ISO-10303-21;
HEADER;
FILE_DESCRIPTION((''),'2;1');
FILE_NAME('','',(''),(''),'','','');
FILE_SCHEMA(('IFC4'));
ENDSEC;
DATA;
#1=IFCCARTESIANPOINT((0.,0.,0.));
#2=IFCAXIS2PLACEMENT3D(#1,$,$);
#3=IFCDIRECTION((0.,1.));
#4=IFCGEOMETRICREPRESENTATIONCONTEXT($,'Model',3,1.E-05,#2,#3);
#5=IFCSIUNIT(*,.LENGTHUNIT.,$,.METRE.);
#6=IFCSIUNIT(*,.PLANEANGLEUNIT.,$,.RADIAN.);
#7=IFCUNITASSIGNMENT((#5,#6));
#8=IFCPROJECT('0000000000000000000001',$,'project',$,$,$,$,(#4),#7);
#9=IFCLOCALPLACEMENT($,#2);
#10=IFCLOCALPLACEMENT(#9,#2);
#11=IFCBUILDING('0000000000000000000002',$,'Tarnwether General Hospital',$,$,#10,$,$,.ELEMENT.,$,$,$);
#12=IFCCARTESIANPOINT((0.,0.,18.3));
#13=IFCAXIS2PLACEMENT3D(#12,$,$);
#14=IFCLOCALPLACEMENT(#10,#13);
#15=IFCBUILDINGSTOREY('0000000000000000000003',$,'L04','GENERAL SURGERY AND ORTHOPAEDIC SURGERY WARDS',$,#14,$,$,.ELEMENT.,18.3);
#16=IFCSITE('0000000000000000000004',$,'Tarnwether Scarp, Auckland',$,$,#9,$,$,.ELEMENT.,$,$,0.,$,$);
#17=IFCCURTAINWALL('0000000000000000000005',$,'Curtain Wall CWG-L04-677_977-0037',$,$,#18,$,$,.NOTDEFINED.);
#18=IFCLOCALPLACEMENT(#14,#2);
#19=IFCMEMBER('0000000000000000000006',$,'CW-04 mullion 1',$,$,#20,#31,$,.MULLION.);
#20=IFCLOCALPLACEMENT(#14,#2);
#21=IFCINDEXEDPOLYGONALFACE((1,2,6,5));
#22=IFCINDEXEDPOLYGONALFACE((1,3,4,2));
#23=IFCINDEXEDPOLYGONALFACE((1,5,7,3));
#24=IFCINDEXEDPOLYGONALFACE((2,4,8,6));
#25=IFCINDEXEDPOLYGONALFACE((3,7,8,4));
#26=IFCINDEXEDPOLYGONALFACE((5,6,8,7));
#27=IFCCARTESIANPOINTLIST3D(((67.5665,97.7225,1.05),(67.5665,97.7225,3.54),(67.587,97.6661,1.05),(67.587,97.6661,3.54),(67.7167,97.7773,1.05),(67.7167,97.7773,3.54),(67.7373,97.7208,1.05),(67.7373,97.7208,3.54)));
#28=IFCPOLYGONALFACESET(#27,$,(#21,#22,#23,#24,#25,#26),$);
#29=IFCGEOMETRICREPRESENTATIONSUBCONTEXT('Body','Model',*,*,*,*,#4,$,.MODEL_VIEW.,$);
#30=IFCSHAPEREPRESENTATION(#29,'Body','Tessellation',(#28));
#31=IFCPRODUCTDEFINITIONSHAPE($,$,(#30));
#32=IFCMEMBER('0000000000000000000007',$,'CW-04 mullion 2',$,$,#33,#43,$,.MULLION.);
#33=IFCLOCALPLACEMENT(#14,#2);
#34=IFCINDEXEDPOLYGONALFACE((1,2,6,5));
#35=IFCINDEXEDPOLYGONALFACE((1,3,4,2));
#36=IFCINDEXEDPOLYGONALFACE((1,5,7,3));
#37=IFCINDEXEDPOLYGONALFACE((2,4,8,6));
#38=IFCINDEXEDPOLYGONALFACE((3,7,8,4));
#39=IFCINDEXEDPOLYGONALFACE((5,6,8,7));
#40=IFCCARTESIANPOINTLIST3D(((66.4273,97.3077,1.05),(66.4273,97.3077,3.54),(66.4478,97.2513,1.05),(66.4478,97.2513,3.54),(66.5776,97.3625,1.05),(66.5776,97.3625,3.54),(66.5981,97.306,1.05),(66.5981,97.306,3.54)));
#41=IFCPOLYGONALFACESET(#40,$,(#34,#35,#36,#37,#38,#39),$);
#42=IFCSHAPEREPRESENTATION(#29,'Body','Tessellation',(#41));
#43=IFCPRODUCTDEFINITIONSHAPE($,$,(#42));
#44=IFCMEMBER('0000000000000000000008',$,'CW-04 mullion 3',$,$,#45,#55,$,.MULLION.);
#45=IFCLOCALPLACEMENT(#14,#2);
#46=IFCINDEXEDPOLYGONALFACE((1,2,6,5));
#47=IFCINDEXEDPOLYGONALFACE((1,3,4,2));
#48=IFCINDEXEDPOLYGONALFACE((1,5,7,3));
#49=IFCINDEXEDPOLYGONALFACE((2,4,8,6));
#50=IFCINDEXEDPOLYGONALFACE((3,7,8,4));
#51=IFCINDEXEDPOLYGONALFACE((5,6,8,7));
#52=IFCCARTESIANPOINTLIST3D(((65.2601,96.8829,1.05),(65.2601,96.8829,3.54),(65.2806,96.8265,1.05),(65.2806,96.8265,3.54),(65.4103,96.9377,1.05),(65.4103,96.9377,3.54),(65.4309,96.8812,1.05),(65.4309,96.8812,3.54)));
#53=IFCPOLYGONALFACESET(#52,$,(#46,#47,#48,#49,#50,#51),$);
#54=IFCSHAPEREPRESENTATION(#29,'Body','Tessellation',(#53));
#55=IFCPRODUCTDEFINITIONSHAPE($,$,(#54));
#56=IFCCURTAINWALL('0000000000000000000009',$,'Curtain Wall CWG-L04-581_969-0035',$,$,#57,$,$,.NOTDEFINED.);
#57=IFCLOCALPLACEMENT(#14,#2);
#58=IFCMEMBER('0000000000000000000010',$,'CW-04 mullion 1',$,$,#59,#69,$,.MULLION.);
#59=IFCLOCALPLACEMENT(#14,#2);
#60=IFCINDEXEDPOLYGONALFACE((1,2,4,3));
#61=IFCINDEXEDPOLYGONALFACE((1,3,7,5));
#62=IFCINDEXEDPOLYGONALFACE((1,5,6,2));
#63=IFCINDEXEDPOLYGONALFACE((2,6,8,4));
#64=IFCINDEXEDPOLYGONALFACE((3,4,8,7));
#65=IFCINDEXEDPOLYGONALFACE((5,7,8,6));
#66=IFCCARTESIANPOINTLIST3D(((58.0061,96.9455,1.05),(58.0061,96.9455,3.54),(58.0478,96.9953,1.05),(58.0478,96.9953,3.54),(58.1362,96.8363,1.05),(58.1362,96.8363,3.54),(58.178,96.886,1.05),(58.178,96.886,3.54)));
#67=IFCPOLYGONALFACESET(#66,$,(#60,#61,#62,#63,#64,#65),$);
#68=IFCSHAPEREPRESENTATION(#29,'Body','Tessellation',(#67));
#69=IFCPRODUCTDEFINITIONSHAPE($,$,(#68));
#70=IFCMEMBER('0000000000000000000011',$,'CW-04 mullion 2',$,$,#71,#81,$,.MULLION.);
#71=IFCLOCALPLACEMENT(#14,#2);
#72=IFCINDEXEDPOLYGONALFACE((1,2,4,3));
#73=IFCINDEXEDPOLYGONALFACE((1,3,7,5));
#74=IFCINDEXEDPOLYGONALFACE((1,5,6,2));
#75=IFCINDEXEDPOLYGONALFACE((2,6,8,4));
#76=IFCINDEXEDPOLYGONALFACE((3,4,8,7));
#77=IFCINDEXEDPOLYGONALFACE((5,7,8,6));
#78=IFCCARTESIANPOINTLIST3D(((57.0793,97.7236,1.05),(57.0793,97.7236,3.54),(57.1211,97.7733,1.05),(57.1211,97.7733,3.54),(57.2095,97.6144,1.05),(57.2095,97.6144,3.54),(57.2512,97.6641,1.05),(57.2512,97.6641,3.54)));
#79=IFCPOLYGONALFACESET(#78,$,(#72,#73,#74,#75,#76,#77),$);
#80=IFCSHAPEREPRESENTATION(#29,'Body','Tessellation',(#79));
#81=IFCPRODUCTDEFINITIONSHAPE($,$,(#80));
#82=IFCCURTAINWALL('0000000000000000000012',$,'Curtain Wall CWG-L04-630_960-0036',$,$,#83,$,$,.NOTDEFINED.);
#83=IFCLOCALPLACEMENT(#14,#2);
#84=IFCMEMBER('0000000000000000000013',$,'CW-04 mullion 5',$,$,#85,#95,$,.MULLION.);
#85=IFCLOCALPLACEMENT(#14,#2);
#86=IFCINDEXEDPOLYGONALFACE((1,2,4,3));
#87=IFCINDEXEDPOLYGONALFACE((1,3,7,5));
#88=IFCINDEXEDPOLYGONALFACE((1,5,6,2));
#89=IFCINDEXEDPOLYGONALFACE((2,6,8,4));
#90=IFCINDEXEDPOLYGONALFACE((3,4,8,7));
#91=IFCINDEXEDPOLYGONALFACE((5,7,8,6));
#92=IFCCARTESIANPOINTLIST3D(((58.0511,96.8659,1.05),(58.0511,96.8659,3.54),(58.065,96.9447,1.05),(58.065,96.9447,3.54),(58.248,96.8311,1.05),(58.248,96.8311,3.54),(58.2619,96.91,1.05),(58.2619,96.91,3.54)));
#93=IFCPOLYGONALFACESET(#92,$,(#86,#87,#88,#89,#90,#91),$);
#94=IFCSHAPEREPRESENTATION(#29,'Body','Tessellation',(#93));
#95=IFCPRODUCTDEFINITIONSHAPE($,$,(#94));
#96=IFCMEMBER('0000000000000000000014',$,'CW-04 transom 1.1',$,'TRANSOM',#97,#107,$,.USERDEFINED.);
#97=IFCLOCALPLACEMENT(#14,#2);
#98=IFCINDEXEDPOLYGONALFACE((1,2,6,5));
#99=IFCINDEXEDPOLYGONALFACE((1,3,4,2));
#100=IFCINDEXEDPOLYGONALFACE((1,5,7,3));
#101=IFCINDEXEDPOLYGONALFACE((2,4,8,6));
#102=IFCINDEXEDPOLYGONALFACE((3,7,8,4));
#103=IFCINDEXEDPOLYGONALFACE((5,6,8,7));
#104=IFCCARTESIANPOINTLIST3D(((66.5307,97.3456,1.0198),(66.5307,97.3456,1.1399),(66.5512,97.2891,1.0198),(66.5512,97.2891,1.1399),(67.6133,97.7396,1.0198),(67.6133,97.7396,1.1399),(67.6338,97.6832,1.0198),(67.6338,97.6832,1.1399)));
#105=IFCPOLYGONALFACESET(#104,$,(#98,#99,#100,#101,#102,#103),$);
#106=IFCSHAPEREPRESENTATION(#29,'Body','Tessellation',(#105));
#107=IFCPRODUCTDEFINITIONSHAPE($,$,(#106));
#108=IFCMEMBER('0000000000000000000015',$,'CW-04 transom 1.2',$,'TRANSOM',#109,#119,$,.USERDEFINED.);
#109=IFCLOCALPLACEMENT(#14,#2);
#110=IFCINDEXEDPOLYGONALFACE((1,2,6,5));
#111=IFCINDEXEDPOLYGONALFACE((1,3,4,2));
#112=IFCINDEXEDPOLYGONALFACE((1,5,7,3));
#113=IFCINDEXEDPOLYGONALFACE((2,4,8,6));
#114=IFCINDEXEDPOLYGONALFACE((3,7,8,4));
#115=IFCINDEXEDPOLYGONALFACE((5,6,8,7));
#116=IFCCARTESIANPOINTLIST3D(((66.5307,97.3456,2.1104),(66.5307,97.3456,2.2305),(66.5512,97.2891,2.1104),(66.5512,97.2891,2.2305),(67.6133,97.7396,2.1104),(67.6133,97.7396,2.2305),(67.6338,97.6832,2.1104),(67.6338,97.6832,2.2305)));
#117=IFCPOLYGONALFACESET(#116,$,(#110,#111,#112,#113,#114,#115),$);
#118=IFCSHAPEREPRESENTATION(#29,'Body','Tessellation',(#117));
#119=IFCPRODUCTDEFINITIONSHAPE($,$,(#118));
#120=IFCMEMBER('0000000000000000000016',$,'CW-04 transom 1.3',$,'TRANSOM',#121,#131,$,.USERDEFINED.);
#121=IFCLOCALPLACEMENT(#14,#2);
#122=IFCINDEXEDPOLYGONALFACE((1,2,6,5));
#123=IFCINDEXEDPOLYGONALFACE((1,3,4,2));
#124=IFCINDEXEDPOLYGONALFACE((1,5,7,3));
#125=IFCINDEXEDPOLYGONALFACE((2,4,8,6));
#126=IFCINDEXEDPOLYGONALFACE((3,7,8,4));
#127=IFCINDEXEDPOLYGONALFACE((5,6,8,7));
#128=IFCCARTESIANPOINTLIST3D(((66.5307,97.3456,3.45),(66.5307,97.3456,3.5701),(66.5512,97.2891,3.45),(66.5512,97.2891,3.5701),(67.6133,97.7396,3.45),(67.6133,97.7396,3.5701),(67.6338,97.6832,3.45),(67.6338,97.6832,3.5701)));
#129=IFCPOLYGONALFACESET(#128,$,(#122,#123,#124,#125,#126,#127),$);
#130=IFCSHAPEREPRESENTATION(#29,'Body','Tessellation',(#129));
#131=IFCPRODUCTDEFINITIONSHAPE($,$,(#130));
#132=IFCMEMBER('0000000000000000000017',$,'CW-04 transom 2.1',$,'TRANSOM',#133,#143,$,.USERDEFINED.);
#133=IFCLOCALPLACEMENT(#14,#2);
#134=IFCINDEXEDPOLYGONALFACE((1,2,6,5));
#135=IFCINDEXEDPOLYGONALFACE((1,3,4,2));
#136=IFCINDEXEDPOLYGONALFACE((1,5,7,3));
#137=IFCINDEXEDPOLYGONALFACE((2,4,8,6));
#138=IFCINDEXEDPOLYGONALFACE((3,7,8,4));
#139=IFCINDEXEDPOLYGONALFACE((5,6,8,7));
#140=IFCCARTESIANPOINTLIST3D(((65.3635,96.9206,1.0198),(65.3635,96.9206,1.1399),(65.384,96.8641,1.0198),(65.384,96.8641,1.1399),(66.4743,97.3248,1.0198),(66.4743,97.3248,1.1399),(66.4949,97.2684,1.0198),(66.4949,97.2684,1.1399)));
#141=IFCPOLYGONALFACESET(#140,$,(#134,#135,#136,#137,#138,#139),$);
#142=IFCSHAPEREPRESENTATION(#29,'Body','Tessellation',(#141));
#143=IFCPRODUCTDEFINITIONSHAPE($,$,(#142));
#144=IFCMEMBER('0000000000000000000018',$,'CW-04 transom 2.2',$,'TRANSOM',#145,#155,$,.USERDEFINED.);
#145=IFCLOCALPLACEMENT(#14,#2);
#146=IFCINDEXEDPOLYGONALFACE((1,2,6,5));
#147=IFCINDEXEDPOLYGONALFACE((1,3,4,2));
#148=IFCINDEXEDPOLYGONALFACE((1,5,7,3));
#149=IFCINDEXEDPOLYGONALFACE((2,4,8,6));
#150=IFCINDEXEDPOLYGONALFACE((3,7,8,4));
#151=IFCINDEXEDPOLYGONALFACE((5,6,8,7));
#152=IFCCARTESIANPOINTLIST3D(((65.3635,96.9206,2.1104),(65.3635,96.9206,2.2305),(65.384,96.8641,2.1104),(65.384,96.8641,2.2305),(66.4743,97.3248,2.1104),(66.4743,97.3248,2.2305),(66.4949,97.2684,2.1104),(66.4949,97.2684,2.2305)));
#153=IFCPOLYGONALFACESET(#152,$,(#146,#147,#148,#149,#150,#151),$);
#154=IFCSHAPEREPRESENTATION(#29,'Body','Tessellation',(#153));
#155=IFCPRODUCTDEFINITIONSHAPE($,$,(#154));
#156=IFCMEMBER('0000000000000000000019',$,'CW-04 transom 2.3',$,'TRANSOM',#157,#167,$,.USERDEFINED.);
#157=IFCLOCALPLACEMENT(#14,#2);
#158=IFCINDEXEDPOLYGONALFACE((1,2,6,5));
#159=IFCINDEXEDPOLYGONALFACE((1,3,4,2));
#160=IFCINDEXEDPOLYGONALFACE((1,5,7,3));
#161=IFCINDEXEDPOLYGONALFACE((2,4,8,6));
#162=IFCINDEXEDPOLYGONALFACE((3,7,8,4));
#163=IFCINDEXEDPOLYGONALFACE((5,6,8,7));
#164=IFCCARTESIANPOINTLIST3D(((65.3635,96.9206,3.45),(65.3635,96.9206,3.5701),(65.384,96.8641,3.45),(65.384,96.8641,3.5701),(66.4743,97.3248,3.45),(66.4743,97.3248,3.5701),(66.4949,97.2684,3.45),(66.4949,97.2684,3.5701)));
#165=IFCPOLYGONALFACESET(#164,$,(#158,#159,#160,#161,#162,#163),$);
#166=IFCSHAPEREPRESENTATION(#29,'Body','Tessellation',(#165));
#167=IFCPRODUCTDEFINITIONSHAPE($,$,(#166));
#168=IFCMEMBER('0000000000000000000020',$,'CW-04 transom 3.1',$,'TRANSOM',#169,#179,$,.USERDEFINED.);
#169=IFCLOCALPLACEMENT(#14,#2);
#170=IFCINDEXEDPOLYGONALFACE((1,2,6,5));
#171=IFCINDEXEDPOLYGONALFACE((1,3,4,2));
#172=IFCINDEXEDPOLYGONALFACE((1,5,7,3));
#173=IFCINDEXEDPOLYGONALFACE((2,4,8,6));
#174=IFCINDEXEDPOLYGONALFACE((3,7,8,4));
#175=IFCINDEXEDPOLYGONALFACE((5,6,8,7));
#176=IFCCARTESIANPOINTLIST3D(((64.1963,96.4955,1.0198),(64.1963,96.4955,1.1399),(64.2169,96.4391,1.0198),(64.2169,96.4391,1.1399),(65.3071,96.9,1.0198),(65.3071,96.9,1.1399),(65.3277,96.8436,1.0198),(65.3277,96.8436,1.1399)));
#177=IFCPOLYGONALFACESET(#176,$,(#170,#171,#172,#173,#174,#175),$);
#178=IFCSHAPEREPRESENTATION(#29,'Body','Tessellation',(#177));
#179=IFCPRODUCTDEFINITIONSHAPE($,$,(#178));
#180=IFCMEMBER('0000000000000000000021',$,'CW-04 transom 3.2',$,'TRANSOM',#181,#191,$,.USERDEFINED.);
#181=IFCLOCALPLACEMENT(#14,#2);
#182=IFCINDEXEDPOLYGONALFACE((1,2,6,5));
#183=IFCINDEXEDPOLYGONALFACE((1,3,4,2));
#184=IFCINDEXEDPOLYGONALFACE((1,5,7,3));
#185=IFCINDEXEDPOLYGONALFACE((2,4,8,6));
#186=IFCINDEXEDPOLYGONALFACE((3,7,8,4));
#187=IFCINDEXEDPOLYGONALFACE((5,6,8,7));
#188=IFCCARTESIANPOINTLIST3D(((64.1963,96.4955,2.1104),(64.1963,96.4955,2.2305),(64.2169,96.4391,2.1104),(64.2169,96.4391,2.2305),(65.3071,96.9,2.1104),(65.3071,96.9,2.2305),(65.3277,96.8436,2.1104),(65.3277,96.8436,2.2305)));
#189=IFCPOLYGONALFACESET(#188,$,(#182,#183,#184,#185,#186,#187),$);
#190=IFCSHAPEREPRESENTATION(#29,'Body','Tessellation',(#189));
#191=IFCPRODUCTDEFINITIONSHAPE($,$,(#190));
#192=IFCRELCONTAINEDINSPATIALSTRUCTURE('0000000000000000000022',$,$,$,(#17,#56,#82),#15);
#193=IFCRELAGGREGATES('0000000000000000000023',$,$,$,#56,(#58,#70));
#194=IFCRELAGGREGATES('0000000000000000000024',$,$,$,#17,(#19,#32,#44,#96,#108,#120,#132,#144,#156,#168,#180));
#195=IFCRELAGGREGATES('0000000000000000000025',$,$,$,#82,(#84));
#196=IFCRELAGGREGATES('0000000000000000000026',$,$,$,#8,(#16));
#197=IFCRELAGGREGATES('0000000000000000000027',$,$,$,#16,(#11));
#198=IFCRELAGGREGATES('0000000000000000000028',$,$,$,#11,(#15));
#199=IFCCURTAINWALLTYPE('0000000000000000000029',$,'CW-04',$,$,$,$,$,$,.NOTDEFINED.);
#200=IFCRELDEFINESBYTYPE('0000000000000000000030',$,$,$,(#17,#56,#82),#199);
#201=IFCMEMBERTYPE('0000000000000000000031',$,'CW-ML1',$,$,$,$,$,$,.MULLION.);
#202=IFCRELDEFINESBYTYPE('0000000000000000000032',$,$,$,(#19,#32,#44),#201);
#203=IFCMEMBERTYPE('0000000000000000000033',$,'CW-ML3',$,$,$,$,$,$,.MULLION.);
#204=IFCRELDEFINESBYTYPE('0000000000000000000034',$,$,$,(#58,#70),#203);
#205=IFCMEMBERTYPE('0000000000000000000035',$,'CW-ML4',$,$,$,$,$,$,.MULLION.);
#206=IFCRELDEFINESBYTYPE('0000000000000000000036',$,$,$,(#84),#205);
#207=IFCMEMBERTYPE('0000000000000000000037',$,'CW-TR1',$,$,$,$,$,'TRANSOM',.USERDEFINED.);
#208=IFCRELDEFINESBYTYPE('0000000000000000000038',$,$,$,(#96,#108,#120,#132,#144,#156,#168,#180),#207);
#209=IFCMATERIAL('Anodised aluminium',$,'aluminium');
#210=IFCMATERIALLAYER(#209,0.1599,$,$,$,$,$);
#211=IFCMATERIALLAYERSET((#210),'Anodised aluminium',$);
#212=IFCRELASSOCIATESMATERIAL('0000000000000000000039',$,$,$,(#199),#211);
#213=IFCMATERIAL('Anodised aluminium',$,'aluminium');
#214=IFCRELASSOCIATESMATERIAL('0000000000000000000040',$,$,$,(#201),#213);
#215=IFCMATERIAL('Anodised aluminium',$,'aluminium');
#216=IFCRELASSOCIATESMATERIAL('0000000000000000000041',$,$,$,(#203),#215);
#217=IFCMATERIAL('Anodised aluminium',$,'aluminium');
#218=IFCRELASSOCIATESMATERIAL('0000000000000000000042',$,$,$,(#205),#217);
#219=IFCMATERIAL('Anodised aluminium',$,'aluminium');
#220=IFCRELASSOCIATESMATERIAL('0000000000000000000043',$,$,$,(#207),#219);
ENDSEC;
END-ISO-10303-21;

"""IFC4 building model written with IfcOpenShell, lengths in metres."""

from ifc_helpers import new_model, si_unit, direction, frame, origin, origin_2d, place, context, subcontext, project, spatial, rectangle, extrude, material, layer, layer_set, material_profile, profile_set, type_object, element, aggregate, save


model = new_model("IFC4")

# Units and contexts
model_context = context("Model", 3, precision=1e-05, world=origin(), true_north=direction((0.0, 1.0)))
body_context = subcontext(model_context, "Body", "Model", "MODEL_VIEW")
ifc_project = project(units=[si_unit("LENGTHUNIT", "METRE"), si_unit("PLANEANGLEUNIT", "RADIAN")], contexts=[model_context])

# Site, building, storey
site_placement = place(None, origin())
site = spatial("IfcSite", under=ifc_project, at=site_placement, Name="Tarnwether Scarp, Auckland", CompositionType="ELEMENT", RefElevation=0.0)
building_placement = place(site_placement, origin())
building = spatial("IfcBuilding", under=site, at=building_placement, Name="Tarnwether General Hospital", CompositionType="ELEMENT")
storey_placement = place(building_placement, frame((0.0, 0.0, 18.3)))
storey = spatial("IfcBuildingStorey", under=building, at=storey_placement, Name="L04", Description="GENERAL SURGERY AND ORTHOPAEDIC SURGERY WARDS", CompositionType="ELEMENT", Elevation=18.3)

# Curtain walls, members
ifc_material_1 = material(Name="Anodised aluminium", Category="aluminium")
ifc_layer_1 = layer(ifc_material_1, 0.1599)
ifc_layer_set_1 = layer_set([ifc_layer_1], Name="Anodised aluminium")
curtain_wall_type = type_object("IfcCurtainWallType", Name="CW-04", PredefinedType="NOTDEFINED", material=ifc_layer_set_1)
curtain_wall_1_placement = place(storey_placement, origin())
curtain_wall_1 = element("IfcCurtainWall", 1, at=curtain_wall_1_placement, inside=storey, type_object=curtain_wall_type, Name="Curtain Wall CWG-L04-677_977-0037", PredefinedType="NOTDEFINED")
ifc_material_2 = material(Name="Anodised aluminium", Category="aluminium")
ifc_material_profile_1 = material_profile(ifc_material_2, rectangle(XDim=0.0601, YDim=0.1599, at=origin_2d()), Name="ALU-MUL-60x160")
ifc_profile_set_1 = profile_set([ifc_material_profile_1], Name="Anodised aluminium")
member_type_1 = type_object("IfcMemberType", Name="CW-ML1", PredefinedType="MULLION", material=ifc_profile_set_1)
member_1_placement = place(storey_placement, frame((67.6519, 97.7217, 1.05), z_axis=(0.0, 0.0, 1.0), x_axis=(0.342131, -0.939652, 0.0)))
member_1 = element("IfcMember", 2, at=member_1_placement, type_object=member_type_1, Name="CW-04 mullion 1", PredefinedType="MULLION", context=body_context, shape_type="SweptSolid", body=[
    extrude(rectangle(XDim=0.0601, YDim=0.1599, at=origin_2d()), origin(), (0.0, 0.0, 1.0), 2.49),
])
member_2_placement = place(storey_placement, frame((66.5127, 97.3069, 1.05), z_axis=(0.0, 0.0, 1.0), x_axis=(0.342131, -0.939652, 0.0)))
member_2 = element("IfcMember", 3, at=member_2_placement, type_object=member_type_1, Name="CW-04 mullion 2", PredefinedType="MULLION", context=body_context, shape_type="SweptSolid", body=[
    extrude(rectangle(XDim=0.0601, YDim=0.1599, at=origin_2d()), origin(), (0.0, 0.0, 1.0), 2.49),
])
member_3_placement = place(storey_placement, frame((65.3455, 96.8821, 1.05), z_axis=(0.0, 0.0, 1.0), x_axis=(0.342131, -0.939652, 0.0)))
member_3 = element("IfcMember", 4, at=member_3_placement, type_object=member_type_1, Name="CW-04 mullion 3", PredefinedType="MULLION", context=body_context, shape_type="SweptSolid", body=[
    extrude(rectangle(XDim=0.0601, YDim=0.1599, at=origin_2d()), origin(), (0.0, 0.0, 1.0), 2.49),
])
curtain_wall_2_placement = place(storey_placement, origin())
curtain_wall_2 = element("IfcCurtainWall", 5, at=curtain_wall_2_placement, inside=storey, type_object=curtain_wall_type, Name="Curtain Wall CWG-L04-581_969-0035", PredefinedType="NOTDEFINED")
ifc_material_3 = material(Name="Anodised aluminium", Category="aluminium")
ifc_material_profile_2 = material_profile(ifc_material_3, rectangle(XDim=0.0649, YDim=0.1699, at=origin_2d()), Name="ALU-MUL-65x170")
ifc_profile_set_2 = profile_set([ifc_material_profile_2], Name="Anodised aluminium")
member_type_2 = type_object("IfcMemberType", Name="CW-ML3", PredefinedType="MULLION", material=ifc_profile_set_2)
member_4_placement = place(storey_placement, frame((58.092, 96.9158, 1.05), z_axis=(0.0, 0.0, 1.0), x_axis=(-0.642852, -0.76599, 0.0)))
member_4 = element("IfcMember", 6, at=member_4_placement, type_object=member_type_2, Name="CW-04 mullion 1", PredefinedType="MULLION", context=body_context, shape_type="SweptSolid", body=[
    extrude(rectangle(XDim=0.0649, YDim=0.1699, at=origin_2d()), origin(), (0.0, 0.0, 1.0), 2.49),
])
member_5_placement = place(storey_placement, frame((57.1653, 97.6938, 1.05), z_axis=(0.0, 0.0, 1.0), x_axis=(-0.642852, -0.76599, 0.0)))
member_5 = element("IfcMember", 7, at=member_5_placement, type_object=member_type_2, Name="CW-04 mullion 2", PredefinedType="MULLION", context=body_context, shape_type="SweptSolid", body=[
    extrude(rectangle(XDim=0.0649, YDim=0.1699, at=origin_2d()), origin(), (0.0, 0.0, 1.0), 2.49),
])

# Curtain wall, member
curtain_wall_3_placement = place(storey_placement, origin())
curtain_wall_3 = element("IfcCurtainWall", 8, at=curtain_wall_3_placement, inside=storey, type_object=curtain_wall_type, Name="Curtain Wall CWG-L04-630_960-0036", PredefinedType="NOTDEFINED")
ifc_material_4 = material(Name="Anodised aluminium", Category="aluminium")
ifc_material_profile_3 = material_profile(ifc_material_4, rectangle(XDim=0.0801, YDim=0.2, at=origin_2d()), Name="ALU-MUL-80x200")
ifc_profile_set_3 = profile_set([ifc_material_profile_3], Name="Anodised aluminium")
member_type_3 = type_object("IfcMemberType", Name="CW-ML4", PredefinedType="MULLION", material=ifc_profile_set_3)
member_6_placement = place(storey_placement, frame((58.1565, 96.8879, 1.05), z_axis=(0.0, 0.0, 1.0), x_axis=(-0.173659, -0.984806, 0.0)))
member_6 = element("IfcMember", 9, at=member_6_placement, type_object=member_type_3, Name="CW-04 mullion 5", PredefinedType="MULLION", context=body_context, shape_type="SweptSolid", body=[
    extrude(rectangle(XDim=0.0801, YDim=0.2, at=origin_2d()), origin(), (0.0, 0.0, 1.0), 2.49),
])

# Members
ifc_material_5 = material(Name="Anodised aluminium", Category="aluminium")
ifc_material_profile_4 = material_profile(ifc_material_5, rectangle(XDim=0.0601, YDim=0.1201, at=origin_2d()), Name="ALU-TRN-60x120")
ifc_profile_set_4 = profile_set([ifc_material_profile_4], Name="Anodised aluminium")
member_type_4 = type_object("IfcMemberType", Name="CW-TR1", ElementType="TRANSOM", PredefinedType="USERDEFINED", material=ifc_profile_set_4)
member_7_placement = place(storey_placement, frame((67.6235, 97.7114, 1.0798), z_axis=(-0.939682, -0.342049, 0.0), x_axis=(0.342049, -0.939682, 0.0)))
member_7 = element("IfcMember", 10, at=member_7_placement, type_object=member_type_4, Name="CW-04 transom 1.1", ObjectType="TRANSOM", PredefinedType="USERDEFINED", context=body_context, shape_type="SweptSolid", body=[
    extrude(rectangle(XDim=0.0601, YDim=0.1201, at=origin_2d()), origin(), (0.0, 0.0, 1.0), 1.1521),
])
member_8_placement = place(storey_placement, frame((67.6235, 97.7114, 2.1704), z_axis=(-0.939682, -0.342049, 0.0), x_axis=(0.342049, -0.939682, 0.0)))
member_8 = element("IfcMember", 11, at=member_8_placement, type_object=member_type_4, Name="CW-04 transom 1.2", ObjectType="TRANSOM", PredefinedType="USERDEFINED", context=body_context, shape_type="SweptSolid", body=[
    extrude(rectangle(XDim=0.0601, YDim=0.1201, at=origin_2d()), origin(), (0.0, 0.0, 1.0), 1.1521),
])
member_9_placement = place(storey_placement, frame((67.6235, 97.7114, 3.51), z_axis=(-0.939682, -0.342049, 0.0), x_axis=(0.342049, -0.939682, 0.0)))
member_9 = element("IfcMember", 12, at=member_9_placement, type_object=member_type_4, Name="CW-04 transom 1.3", ObjectType="TRANSOM", PredefinedType="USERDEFINED", context=body_context, shape_type="SweptSolid", body=[
    extrude(rectangle(XDim=0.0601, YDim=0.1201, at=origin_2d()), origin(), (0.0, 0.0, 1.0), 1.1521),
])
member_10_placement = place(storey_placement, frame((66.4846, 97.2966, 1.0798), z_axis=(-0.939697, -0.342008, 0.0), x_axis=(0.342008, -0.939697, 0.0)))
member_10 = element("IfcMember", 13, at=member_10_placement, type_object=member_type_4, Name="CW-04 transom 2.1", ObjectType="TRANSOM", PredefinedType="USERDEFINED", context=body_context, shape_type="SweptSolid", body=[
    extrude(rectangle(XDim=0.0601, YDim=0.1201, at=origin_2d()), origin(), (0.0, 0.0, 1.0), 1.1821),
])
member_11_placement = place(storey_placement, frame((66.4846, 97.2966, 2.1704), z_axis=(-0.939697, -0.342008, 0.0), x_axis=(0.342008, -0.939697, 0.0)))
member_11 = element("IfcMember", 14, at=member_11_placement, type_object=member_type_4, Name="CW-04 transom 2.2", ObjectType="TRANSOM", PredefinedType="USERDEFINED", context=body_context, shape_type="SweptSolid", body=[
    extrude(rectangle(XDim=0.0601, YDim=0.1201, at=origin_2d()), origin(), (0.0, 0.0, 1.0), 1.1821),
])
member_12_placement = place(storey_placement, frame((66.4846, 97.2966, 3.51), z_axis=(-0.939697, -0.342008, 0.0), x_axis=(0.342008, -0.939697, 0.0)))
member_12 = element("IfcMember", 15, at=member_12_placement, type_object=member_type_4, Name="CW-04 transom 2.3", ObjectType="TRANSOM", PredefinedType="USERDEFINED", context=body_context, shape_type="SweptSolid", body=[
    extrude(rectangle(XDim=0.0601, YDim=0.1201, at=origin_2d()), origin(), (0.0, 0.0, 1.0), 1.1821),
])
member_13_placement = place(storey_placement, frame((65.3174, 96.8718, 1.0798), z_axis=(-0.939631, -0.342191, 0.0), x_axis=(0.342191, -0.939631, 0.0)))
member_13 = element("IfcMember", 16, at=member_13_placement, type_object=member_type_4, Name="CW-04 transom 3.1", ObjectType="TRANSOM", PredefinedType="USERDEFINED", context=body_context, shape_type="SweptSolid", body=[
    extrude(rectangle(XDim=0.0601, YDim=0.1201, at=origin_2d()), origin(), (0.0, 0.0, 1.0), 1.1821),
])
member_14_placement = place(storey_placement, frame((65.3174, 96.8718, 2.1704), z_axis=(-0.939631, -0.342191, 0.0), x_axis=(0.342191, -0.939631, 0.0)))
member_14 = element("IfcMember", 17, at=member_14_placement, type_object=member_type_4, Name="CW-04 transom 3.2", ObjectType="TRANSOM", PredefinedType="USERDEFINED", context=body_context, shape_type="SweptSolid", body=[
    extrude(rectangle(XDim=0.0601, YDim=0.1201, at=origin_2d()), origin(), (0.0, 0.0, 1.0), 1.1821),
])

aggregate(curtain_wall_2, [member_4, member_5])
aggregate(curtain_wall_1, [member_1, member_2, member_3, member_7, member_8, member_9, member_10, member_11, member_12, member_13, member_14])
aggregate(curtain_wall_3, [member_6])

save(model, "model.ifc")
